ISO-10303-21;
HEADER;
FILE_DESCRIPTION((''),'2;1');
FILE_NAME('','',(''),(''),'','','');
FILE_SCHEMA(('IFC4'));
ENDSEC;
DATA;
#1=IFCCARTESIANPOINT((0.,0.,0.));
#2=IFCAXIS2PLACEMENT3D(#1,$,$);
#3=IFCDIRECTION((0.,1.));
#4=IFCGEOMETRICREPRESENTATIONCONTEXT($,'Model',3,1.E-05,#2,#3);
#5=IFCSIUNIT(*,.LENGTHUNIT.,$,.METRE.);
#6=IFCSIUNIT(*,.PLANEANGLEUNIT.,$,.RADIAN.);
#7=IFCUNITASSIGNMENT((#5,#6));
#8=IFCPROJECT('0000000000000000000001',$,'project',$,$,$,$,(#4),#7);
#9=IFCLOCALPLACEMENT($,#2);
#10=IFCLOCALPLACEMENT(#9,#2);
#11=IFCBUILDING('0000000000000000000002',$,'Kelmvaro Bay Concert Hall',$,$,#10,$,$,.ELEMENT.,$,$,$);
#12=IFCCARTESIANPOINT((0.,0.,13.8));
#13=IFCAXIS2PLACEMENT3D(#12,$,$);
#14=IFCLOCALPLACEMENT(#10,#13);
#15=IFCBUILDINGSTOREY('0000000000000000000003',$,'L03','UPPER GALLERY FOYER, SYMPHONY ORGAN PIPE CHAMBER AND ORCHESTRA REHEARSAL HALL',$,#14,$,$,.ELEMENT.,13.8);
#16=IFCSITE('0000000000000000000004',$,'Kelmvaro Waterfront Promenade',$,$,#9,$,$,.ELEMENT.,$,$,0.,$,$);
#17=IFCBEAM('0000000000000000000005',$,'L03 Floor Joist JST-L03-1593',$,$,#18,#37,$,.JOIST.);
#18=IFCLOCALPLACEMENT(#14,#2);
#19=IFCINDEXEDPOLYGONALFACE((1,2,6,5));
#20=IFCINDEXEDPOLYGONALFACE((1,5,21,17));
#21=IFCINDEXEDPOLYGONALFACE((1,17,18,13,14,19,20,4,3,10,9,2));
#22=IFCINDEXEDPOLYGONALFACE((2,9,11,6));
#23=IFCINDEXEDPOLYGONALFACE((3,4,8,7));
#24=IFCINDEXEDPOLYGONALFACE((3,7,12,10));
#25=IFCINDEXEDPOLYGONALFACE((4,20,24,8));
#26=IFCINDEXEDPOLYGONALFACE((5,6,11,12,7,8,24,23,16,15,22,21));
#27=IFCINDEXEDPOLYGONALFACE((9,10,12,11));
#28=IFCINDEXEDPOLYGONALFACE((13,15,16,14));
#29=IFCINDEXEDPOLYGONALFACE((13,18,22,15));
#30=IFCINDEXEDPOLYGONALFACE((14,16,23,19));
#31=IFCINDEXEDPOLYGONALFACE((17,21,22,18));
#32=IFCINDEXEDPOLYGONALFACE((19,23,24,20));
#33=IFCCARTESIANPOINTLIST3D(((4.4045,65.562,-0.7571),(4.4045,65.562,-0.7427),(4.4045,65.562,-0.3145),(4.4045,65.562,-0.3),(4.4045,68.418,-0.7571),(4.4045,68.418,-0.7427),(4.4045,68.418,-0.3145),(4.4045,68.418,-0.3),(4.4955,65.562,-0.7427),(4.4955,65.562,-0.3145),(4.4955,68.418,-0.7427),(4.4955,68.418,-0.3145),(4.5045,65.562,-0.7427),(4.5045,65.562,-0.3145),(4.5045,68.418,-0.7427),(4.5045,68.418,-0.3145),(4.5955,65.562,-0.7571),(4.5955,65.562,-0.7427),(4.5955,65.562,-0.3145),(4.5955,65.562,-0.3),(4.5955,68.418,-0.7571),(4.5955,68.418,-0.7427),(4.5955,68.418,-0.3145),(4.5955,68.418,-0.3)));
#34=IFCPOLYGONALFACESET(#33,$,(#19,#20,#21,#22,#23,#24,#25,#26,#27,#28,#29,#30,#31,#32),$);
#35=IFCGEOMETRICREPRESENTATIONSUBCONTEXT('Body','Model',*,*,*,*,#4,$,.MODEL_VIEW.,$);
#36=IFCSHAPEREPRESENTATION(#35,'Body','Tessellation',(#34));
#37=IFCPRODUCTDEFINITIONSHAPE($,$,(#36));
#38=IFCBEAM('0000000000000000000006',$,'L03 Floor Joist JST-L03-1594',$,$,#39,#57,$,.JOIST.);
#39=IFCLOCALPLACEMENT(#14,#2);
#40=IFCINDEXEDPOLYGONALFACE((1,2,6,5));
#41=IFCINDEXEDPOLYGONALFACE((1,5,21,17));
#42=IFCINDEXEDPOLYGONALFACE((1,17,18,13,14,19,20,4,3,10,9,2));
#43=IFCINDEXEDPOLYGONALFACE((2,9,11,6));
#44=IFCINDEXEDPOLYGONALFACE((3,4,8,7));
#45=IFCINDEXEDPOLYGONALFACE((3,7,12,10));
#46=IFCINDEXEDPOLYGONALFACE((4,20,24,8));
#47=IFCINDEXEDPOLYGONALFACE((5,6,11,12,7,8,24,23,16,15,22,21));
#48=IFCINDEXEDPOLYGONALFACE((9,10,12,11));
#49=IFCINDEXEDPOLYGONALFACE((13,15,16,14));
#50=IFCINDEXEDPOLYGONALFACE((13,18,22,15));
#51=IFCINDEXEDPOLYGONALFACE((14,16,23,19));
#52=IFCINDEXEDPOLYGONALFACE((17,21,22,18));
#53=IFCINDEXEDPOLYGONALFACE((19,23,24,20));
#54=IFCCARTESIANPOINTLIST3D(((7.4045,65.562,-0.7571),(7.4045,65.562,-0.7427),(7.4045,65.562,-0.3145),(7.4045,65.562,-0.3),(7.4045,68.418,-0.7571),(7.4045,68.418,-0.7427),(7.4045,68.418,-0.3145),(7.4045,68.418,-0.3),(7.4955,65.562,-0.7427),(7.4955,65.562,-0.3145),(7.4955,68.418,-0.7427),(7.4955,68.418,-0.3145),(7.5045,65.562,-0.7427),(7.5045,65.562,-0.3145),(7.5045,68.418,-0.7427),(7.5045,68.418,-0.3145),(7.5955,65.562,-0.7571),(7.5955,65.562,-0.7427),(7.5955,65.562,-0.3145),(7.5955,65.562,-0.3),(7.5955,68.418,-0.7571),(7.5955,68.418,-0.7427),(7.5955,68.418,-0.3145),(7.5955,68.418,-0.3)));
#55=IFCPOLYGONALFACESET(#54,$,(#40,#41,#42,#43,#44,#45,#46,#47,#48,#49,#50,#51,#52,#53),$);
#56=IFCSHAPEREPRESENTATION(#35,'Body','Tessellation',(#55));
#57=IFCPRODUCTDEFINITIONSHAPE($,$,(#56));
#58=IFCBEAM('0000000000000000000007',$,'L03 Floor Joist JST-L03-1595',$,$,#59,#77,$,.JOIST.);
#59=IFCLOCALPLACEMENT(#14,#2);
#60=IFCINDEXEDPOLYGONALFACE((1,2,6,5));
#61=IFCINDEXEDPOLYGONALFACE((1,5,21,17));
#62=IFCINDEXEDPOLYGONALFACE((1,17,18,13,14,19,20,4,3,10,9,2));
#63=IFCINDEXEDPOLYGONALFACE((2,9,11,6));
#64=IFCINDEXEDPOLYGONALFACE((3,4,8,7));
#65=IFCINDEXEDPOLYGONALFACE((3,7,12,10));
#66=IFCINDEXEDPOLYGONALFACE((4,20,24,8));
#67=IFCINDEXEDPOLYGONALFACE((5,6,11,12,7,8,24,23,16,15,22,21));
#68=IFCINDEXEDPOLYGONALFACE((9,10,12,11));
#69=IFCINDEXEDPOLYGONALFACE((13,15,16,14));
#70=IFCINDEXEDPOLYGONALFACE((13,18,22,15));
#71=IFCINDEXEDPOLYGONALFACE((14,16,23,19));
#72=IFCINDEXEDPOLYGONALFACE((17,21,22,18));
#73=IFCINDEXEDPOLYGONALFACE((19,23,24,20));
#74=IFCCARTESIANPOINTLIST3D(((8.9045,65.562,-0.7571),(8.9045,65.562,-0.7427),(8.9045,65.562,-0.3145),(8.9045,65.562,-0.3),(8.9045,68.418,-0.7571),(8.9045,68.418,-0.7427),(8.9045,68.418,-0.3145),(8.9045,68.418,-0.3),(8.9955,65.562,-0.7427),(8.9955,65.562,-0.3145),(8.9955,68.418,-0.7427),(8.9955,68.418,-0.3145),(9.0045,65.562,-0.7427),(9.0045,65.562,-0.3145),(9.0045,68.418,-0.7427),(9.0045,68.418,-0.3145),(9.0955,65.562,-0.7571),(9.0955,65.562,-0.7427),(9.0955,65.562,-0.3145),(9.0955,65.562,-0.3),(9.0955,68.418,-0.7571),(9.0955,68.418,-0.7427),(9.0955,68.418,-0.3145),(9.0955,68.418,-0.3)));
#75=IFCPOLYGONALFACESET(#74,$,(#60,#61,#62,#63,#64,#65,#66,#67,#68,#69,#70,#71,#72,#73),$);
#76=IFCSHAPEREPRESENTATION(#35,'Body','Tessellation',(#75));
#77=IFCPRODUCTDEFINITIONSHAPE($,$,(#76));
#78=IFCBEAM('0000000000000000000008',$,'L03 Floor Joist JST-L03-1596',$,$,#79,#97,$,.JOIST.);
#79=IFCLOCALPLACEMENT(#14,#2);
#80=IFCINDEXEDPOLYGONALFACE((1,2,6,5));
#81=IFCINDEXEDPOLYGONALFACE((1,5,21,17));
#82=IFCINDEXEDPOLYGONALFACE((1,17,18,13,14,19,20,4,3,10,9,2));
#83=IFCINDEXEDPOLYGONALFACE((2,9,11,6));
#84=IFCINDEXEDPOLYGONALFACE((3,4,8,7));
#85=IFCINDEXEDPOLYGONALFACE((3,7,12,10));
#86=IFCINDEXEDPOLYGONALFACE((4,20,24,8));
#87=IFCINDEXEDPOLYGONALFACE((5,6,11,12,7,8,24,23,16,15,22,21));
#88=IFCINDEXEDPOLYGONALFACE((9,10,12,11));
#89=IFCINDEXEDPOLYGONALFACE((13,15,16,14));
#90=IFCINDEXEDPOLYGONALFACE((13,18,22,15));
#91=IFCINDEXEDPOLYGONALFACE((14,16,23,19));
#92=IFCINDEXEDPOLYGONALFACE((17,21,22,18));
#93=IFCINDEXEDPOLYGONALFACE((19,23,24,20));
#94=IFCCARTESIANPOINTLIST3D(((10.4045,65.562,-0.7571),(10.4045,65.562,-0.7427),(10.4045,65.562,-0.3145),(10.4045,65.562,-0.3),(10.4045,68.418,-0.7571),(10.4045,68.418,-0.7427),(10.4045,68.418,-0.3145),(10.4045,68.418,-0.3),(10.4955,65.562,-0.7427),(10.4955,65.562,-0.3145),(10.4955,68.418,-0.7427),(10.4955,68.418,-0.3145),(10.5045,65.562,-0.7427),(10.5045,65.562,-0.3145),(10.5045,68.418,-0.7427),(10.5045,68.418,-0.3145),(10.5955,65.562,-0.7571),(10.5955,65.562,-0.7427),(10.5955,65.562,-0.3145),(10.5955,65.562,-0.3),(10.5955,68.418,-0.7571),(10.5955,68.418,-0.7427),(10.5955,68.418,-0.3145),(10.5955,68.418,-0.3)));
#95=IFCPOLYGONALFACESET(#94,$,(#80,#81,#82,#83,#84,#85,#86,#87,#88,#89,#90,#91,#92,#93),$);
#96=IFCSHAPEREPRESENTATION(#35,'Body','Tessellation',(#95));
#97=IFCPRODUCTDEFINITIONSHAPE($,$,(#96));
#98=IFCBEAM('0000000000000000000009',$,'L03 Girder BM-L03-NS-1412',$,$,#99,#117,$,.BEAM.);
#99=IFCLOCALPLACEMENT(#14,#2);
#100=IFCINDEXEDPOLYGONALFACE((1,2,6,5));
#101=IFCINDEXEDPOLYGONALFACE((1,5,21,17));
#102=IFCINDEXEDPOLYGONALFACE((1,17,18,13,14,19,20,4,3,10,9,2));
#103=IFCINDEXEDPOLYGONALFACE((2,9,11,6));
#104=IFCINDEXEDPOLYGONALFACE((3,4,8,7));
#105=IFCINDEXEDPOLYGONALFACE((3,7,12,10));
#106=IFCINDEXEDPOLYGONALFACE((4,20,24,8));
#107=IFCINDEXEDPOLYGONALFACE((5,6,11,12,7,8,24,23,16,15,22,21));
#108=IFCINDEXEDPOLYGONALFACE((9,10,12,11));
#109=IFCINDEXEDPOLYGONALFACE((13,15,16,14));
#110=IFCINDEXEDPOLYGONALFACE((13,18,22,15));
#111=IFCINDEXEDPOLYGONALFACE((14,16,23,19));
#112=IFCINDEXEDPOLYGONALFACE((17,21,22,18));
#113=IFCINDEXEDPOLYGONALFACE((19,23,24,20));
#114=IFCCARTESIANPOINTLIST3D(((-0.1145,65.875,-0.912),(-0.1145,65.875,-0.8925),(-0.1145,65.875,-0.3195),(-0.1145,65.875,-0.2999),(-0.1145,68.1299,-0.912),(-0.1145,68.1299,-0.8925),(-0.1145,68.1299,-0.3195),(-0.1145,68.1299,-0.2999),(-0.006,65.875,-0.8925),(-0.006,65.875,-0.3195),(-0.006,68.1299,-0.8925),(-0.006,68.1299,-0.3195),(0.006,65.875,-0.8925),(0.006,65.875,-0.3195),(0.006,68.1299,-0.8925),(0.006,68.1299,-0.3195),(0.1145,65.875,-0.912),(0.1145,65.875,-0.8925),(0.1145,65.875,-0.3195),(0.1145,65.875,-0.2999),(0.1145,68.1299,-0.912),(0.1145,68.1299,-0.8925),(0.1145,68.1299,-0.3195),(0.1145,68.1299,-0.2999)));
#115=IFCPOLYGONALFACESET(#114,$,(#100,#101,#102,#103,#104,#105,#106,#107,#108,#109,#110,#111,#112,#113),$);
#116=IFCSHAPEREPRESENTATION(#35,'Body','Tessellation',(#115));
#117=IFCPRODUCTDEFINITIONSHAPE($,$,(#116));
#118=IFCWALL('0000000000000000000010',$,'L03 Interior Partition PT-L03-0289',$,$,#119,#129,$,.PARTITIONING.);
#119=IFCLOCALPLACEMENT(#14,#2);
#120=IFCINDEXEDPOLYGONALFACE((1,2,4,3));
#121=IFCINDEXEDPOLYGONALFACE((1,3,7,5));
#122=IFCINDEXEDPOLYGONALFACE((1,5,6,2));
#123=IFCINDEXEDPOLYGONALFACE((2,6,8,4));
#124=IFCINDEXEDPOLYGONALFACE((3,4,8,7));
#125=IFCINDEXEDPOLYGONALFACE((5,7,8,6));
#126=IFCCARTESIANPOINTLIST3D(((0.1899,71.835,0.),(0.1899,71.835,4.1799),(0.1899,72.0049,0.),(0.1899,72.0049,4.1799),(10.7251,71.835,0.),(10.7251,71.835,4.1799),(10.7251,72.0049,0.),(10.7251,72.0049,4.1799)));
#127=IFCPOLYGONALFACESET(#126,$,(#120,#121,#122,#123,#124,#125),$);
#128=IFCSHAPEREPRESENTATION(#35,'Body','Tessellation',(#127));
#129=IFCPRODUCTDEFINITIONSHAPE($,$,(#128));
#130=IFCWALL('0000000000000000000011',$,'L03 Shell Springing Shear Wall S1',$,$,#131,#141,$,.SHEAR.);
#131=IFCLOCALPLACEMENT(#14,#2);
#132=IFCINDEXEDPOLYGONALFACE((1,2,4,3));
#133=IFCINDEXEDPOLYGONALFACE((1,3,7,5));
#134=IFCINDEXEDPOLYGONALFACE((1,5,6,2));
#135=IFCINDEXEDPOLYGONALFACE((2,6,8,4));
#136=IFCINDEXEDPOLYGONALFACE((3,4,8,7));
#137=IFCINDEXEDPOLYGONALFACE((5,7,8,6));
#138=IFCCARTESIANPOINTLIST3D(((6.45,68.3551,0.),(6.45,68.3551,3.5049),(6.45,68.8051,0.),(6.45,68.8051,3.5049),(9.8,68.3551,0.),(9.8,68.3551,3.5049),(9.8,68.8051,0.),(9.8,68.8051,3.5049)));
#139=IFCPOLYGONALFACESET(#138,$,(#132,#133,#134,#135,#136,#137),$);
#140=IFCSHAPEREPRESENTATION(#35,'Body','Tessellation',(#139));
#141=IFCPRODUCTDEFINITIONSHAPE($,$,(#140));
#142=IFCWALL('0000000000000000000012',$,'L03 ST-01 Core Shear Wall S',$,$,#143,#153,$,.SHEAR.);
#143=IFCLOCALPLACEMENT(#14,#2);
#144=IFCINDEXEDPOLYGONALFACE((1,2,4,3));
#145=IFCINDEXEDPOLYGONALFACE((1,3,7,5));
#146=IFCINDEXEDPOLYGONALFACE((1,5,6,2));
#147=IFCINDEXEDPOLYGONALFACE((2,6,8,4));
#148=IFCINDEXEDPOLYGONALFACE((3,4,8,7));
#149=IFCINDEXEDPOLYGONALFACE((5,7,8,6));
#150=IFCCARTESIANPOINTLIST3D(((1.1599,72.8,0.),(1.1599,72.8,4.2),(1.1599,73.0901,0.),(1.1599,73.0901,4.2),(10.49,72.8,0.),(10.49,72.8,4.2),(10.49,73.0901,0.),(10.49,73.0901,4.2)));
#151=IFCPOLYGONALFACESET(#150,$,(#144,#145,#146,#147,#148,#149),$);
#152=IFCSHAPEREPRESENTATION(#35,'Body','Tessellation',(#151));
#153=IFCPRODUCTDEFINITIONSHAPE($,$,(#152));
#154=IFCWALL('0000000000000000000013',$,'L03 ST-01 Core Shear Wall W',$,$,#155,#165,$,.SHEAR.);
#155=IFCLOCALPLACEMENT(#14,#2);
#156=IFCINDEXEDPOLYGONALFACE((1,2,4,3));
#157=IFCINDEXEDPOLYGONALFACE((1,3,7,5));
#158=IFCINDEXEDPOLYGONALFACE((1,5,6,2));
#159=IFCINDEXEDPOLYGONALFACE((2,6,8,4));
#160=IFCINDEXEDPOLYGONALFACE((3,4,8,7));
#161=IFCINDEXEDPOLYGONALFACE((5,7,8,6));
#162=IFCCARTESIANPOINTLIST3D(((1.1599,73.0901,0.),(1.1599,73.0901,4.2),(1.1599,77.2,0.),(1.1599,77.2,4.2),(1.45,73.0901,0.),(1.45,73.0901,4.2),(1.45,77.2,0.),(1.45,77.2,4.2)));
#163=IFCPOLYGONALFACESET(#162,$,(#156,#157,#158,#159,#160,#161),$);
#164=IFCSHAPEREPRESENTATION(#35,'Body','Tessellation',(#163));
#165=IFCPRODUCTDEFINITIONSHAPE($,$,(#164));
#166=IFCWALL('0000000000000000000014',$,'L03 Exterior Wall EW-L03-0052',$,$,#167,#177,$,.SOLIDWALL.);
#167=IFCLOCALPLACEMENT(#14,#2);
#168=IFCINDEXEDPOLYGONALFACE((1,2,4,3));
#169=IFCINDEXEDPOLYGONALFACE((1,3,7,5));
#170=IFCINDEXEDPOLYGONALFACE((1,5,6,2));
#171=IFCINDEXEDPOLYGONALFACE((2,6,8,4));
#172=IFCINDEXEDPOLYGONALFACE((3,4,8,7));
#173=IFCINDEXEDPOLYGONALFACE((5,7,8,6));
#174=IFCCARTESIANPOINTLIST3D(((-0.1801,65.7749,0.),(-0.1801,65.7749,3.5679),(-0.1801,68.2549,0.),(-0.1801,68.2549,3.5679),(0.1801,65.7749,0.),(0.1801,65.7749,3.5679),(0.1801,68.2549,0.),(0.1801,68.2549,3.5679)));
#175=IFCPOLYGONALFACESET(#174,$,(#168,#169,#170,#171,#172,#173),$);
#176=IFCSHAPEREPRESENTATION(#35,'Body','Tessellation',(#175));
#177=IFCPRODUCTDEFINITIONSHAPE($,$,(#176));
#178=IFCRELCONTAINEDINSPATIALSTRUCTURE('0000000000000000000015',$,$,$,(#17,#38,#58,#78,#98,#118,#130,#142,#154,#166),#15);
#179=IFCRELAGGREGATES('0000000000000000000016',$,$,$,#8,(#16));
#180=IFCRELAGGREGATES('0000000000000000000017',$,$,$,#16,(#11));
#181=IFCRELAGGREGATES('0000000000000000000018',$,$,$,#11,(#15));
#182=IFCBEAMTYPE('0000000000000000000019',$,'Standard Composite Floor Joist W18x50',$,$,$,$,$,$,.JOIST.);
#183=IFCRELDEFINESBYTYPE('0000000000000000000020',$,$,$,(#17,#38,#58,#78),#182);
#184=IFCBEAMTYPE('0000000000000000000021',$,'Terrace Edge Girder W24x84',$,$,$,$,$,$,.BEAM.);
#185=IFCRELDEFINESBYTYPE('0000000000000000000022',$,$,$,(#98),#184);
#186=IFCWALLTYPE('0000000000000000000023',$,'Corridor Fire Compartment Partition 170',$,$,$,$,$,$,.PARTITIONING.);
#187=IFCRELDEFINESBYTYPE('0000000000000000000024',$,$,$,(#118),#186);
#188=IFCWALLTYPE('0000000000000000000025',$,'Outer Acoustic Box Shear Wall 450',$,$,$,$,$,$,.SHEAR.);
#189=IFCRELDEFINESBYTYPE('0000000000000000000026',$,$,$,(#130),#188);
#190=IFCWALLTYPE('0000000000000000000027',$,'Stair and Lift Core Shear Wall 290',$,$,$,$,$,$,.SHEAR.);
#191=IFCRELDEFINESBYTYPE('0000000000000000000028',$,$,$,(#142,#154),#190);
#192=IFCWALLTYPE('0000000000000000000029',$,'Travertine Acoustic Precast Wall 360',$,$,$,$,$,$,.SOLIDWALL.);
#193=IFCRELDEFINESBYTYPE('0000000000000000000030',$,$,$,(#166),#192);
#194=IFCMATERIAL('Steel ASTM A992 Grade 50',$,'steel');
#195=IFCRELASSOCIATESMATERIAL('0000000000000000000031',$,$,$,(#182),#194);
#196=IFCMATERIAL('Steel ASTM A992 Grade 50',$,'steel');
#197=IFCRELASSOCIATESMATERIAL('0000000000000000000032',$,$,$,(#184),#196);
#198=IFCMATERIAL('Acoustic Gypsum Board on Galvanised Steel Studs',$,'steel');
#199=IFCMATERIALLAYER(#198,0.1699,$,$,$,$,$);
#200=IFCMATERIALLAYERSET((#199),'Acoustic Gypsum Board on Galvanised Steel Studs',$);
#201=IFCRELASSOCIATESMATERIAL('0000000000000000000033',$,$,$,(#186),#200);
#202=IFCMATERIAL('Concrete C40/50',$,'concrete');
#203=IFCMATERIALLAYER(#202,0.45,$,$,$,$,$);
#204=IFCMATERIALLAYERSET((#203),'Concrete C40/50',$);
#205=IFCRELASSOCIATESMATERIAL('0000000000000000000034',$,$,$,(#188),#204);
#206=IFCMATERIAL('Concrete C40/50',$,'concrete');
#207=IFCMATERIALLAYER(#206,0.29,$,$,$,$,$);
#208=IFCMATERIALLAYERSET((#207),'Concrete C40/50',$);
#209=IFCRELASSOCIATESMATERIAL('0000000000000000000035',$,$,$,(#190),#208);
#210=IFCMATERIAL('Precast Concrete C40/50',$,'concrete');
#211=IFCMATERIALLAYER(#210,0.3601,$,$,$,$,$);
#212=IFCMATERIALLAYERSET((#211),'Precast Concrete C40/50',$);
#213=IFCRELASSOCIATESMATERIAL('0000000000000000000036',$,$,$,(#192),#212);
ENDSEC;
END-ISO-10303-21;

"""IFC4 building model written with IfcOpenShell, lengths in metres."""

from ifc_helpers import new_model, si_unit, direction, frame, frame_2d, origin, origin_2d, place, context, subcontext, project, spatial, rectangle, i_section, extrude, material, layer, layer_set, material_profile, profile_set, type_object, element, save


model = new_model("IFC4")

# Units and contexts
model_context = context("Model", 3, precision=1e-05, world=origin(), true_north=direction((0.0, 1.0)))
body_context = subcontext(model_context, "Body", "Model", "MODEL_VIEW")
ifc_project = project(units=[si_unit("LENGTHUNIT", "METRE"), si_unit("PLANEANGLEUNIT", "RADIAN")], contexts=[model_context])

# Site, building, storey
site_placement = place(None, origin())
site = spatial("IfcSite", under=ifc_project, at=site_placement, Name="Kelmvaro Waterfront Promenade", CompositionType="ELEMENT", RefElevation=0.0)
building_placement = place(site_placement, origin())
building = spatial("IfcBuilding", under=site, at=building_placement, Name="Kelmvaro Bay Concert Hall", CompositionType="ELEMENT")
storey_placement = place(building_placement, frame((0.0, 0.0, 13.8)))
storey = spatial("IfcBuildingStorey", under=building, at=storey_placement, Name="L03", Description="UPPER GALLERY FOYER, SYMPHONY ORGAN PIPE CHAMBER AND ORCHESTRA REHEARSAL HALL", CompositionType="ELEMENT", Elevation=13.8)

# Beams
ifc_material_1 = material(Name="Steel ASTM A992 Grade 50", Category="steel")
ifc_material_profile_1 = material_profile(ifc_material_1, i_section(OverallWidth=0.1909, OverallDepth=0.457, WebThickness=0.009, FlangeThickness=0.0144, at=origin_2d()), Name="W18X50")
ifc_profile_set_1 = profile_set([ifc_material_profile_1], Name="Steel ASTM A992 Grade 50")
beam_type_1 = type_object("IfcBeamType", Name="Standard Composite Floor Joist W18x50", PredefinedType="JOIST", material=ifc_profile_set_1)
for number, where, z_axis, x_axis, name in (
    (1, (4.5, 65.562, -0.5286), (0.0, 1.0, 0.0), (-1.0, 0.0, 0.0), "L03 Floor Joist JST-L03-1593"),
    (2, (7.5, 65.562, -0.5286), (0.0, 1.0, 0.0), (-1.0, 0.0, 0.0), "L03 Floor Joist JST-L03-1594"),
    (3, (9.0, 65.562, -0.5286), (0.0, 1.0, 0.0), (-1.0, 0.0, 0.0), "L03 Floor Joist JST-L03-1595"),
    (4, (10.5, 65.562, -0.5286), (0.0, 1.0, 0.0), (-1.0, 0.0, 0.0), "L03 Floor Joist JST-L03-1596"),
):
    element("IfcBeam", number, at=place(storey_placement, frame(where, z_axis=z_axis, x_axis=x_axis)), inside=storey, type_object=beam_type_1, Name=name, PredefinedType="JOIST", context=body_context, shape_type="SweptSolid", body=[
        extrude(i_section(OverallWidth=0.1909, OverallDepth=0.457, WebThickness=0.009, FlangeThickness=0.0144, at=origin_2d()), origin(), (0.0, 0.0, 1.0), 2.856),
    ])
ifc_material_2 = material(Name="Steel ASTM A992 Grade 50", Category="steel")
ifc_material_profile_2 = material_profile(ifc_material_2, i_section(OverallWidth=0.229, OverallDepth=0.6121, WebThickness=0.012, FlangeThickness=0.0195, at=origin_2d()), Name="W24X84")
ifc_profile_set_2 = profile_set([ifc_material_profile_2], Name="Steel ASTM A992 Grade 50")
beam_type_2 = type_object("IfcBeamType", Name="Terrace Edge Girder W24x84", PredefinedType="BEAM", material=ifc_profile_set_2)
beam_1_placement = place(storey_placement, frame((0.0, 65.875, -0.606), z_axis=(0.0, 1.0, 0.0), x_axis=(-1.0, 0.0, 0.0)))
element("IfcBeam", 5, at=beam_1_placement, inside=storey, type_object=beam_type_2, Name="L03 Girder BM-L03-NS-1412", PredefinedType="BEAM", context=body_context, shape_type="SweptSolid", body=[
    extrude(i_section(OverallWidth=0.229, OverallDepth=0.6121, WebThickness=0.012, FlangeThickness=0.0195, at=origin_2d()), origin(), (0.0, 0.0, 1.0), 2.2549),
])

# Walls
ifc_material_3 = material(Name="Acoustic Gypsum Board on Galvanised Steel Studs", Category="steel")
ifc_layer_1 = layer(ifc_material_3, 0.1699)
ifc_layer_set_1 = layer_set([ifc_layer_1], Name="Acoustic Gypsum Board on Galvanised Steel Studs")
wall_type_1 = type_object("IfcWallType", Name="Corridor Fire Compartment Partition 170", PredefinedType="PARTITIONING", material=ifc_layer_set_1)
wall_1_placement = place(storey_placement, frame((0.1899, 71.9199, 0.0), z_axis=(0.0, 0.0, 1.0), x_axis=(1.0, 0.0, 0.0)))
element("IfcWall", 6, at=wall_1_placement, inside=storey, type_object=wall_type_1, Name="L03 Interior Partition PT-L03-0289", PredefinedType="PARTITIONING", context=body_context, shape_type="SweptSolid", body=[
    extrude(rectangle(XDim=10.5352, YDim=0.1699, at=frame_2d((5.2676, 0.0))), origin(), (0.0, 0.0, 1.0), 4.1799),
])
ifc_material_4 = material(Name="Concrete C40/50", Category="concrete")
ifc_layer_2 = layer(ifc_material_4, 0.45)
ifc_layer_set_2 = layer_set([ifc_layer_2], Name="Concrete C40/50")
wall_type_2 = type_object("IfcWallType", Name="Outer Acoustic Box Shear Wall 450", PredefinedType="SHEAR", material=ifc_layer_set_2)
wall_2_placement = place(storey_placement, frame((6.45, 68.5801, 0.0), z_axis=(0.0, 0.0, 1.0), x_axis=(1.0, 0.0, 0.0)))
element("IfcWall", 7, at=wall_2_placement, inside=storey, type_object=wall_type_2, Name="L03 Shell Springing Shear Wall S1", PredefinedType="SHEAR", context=body_context, shape_type="SweptSolid", body=[
    extrude(rectangle(XDim=3.3501, YDim=0.45, at=frame_2d((1.675, 0.0))), origin(), (0.0, 0.0, 1.0), 3.5049),
])
ifc_material_5 = material(Name="Concrete C40/50", Category="concrete")
ifc_layer_3 = layer(ifc_material_5, 0.29)
ifc_layer_set_3 = layer_set([ifc_layer_3], Name="Concrete C40/50")
wall_type_3 = type_object("IfcWallType", Name="Stair and Lift Core Shear Wall 290", PredefinedType="SHEAR", material=ifc_layer_set_3)
wall_3_placement = place(storey_placement, frame((1.1599, 72.9451, 0.0), z_axis=(0.0, 0.0, 1.0), x_axis=(1.0, 0.0, 0.0)))
element("IfcWall", 8, at=wall_3_placement, inside=storey, type_object=wall_type_3, Name="L03 ST-01 Core Shear Wall S", PredefinedType="SHEAR", context=body_context, shape_type="SweptSolid", body=[
    extrude(rectangle(XDim=9.3301, YDim=0.29, at=frame_2d((4.665, 0.0))), origin(), (0.0, 0.0, 1.0), 4.2),
])
wall_4_placement = place(storey_placement, frame((1.3049, 73.0901, 0.0), z_axis=(0.0, 0.0, 1.0), x_axis=(0.0, 1.0, 0.0)))
element("IfcWall", 9, at=wall_4_placement, inside=storey, type_object=wall_type_3, Name="L03 ST-01 Core Shear Wall W", PredefinedType="SHEAR", context=body_context, shape_type="SweptSolid", body=[
    extrude(rectangle(XDim=4.1099, YDim=0.29, at=frame_2d((2.0549, 0.0))), origin(), (0.0, 0.0, 1.0), 4.2),
])

# Wall
ifc_material_6 = material(Name="Precast Concrete C40/50", Category="concrete")
ifc_layer_4 = layer(ifc_material_6, 0.3601)
ifc_layer_set_4 = layer_set([ifc_layer_4], Name="Precast Concrete C40/50")
wall_type_4 = type_object("IfcWallType", Name="Travertine Acoustic Precast Wall 360", PredefinedType="SOLIDWALL", material=ifc_layer_set_4)
wall_5_placement = place(storey_placement, frame((0.0, 65.7749, 0.0), z_axis=(0.0, 0.0, 1.0), x_axis=(0.0, 1.0, 0.0)))
element("IfcWall", 10, at=wall_5_placement, inside=storey, type_object=wall_type_4, Name="L03 Exterior Wall EW-L03-0052", PredefinedType="SOLIDWALL", context=body_context, shape_type="SweptSolid", body=[
    extrude(rectangle(XDim=2.48, YDim=0.3601, at=frame_2d((1.24, 0.0))), origin(), (0.0, 0.0, 1.0), 3.5679),
])

save(model, "model.ifc")
